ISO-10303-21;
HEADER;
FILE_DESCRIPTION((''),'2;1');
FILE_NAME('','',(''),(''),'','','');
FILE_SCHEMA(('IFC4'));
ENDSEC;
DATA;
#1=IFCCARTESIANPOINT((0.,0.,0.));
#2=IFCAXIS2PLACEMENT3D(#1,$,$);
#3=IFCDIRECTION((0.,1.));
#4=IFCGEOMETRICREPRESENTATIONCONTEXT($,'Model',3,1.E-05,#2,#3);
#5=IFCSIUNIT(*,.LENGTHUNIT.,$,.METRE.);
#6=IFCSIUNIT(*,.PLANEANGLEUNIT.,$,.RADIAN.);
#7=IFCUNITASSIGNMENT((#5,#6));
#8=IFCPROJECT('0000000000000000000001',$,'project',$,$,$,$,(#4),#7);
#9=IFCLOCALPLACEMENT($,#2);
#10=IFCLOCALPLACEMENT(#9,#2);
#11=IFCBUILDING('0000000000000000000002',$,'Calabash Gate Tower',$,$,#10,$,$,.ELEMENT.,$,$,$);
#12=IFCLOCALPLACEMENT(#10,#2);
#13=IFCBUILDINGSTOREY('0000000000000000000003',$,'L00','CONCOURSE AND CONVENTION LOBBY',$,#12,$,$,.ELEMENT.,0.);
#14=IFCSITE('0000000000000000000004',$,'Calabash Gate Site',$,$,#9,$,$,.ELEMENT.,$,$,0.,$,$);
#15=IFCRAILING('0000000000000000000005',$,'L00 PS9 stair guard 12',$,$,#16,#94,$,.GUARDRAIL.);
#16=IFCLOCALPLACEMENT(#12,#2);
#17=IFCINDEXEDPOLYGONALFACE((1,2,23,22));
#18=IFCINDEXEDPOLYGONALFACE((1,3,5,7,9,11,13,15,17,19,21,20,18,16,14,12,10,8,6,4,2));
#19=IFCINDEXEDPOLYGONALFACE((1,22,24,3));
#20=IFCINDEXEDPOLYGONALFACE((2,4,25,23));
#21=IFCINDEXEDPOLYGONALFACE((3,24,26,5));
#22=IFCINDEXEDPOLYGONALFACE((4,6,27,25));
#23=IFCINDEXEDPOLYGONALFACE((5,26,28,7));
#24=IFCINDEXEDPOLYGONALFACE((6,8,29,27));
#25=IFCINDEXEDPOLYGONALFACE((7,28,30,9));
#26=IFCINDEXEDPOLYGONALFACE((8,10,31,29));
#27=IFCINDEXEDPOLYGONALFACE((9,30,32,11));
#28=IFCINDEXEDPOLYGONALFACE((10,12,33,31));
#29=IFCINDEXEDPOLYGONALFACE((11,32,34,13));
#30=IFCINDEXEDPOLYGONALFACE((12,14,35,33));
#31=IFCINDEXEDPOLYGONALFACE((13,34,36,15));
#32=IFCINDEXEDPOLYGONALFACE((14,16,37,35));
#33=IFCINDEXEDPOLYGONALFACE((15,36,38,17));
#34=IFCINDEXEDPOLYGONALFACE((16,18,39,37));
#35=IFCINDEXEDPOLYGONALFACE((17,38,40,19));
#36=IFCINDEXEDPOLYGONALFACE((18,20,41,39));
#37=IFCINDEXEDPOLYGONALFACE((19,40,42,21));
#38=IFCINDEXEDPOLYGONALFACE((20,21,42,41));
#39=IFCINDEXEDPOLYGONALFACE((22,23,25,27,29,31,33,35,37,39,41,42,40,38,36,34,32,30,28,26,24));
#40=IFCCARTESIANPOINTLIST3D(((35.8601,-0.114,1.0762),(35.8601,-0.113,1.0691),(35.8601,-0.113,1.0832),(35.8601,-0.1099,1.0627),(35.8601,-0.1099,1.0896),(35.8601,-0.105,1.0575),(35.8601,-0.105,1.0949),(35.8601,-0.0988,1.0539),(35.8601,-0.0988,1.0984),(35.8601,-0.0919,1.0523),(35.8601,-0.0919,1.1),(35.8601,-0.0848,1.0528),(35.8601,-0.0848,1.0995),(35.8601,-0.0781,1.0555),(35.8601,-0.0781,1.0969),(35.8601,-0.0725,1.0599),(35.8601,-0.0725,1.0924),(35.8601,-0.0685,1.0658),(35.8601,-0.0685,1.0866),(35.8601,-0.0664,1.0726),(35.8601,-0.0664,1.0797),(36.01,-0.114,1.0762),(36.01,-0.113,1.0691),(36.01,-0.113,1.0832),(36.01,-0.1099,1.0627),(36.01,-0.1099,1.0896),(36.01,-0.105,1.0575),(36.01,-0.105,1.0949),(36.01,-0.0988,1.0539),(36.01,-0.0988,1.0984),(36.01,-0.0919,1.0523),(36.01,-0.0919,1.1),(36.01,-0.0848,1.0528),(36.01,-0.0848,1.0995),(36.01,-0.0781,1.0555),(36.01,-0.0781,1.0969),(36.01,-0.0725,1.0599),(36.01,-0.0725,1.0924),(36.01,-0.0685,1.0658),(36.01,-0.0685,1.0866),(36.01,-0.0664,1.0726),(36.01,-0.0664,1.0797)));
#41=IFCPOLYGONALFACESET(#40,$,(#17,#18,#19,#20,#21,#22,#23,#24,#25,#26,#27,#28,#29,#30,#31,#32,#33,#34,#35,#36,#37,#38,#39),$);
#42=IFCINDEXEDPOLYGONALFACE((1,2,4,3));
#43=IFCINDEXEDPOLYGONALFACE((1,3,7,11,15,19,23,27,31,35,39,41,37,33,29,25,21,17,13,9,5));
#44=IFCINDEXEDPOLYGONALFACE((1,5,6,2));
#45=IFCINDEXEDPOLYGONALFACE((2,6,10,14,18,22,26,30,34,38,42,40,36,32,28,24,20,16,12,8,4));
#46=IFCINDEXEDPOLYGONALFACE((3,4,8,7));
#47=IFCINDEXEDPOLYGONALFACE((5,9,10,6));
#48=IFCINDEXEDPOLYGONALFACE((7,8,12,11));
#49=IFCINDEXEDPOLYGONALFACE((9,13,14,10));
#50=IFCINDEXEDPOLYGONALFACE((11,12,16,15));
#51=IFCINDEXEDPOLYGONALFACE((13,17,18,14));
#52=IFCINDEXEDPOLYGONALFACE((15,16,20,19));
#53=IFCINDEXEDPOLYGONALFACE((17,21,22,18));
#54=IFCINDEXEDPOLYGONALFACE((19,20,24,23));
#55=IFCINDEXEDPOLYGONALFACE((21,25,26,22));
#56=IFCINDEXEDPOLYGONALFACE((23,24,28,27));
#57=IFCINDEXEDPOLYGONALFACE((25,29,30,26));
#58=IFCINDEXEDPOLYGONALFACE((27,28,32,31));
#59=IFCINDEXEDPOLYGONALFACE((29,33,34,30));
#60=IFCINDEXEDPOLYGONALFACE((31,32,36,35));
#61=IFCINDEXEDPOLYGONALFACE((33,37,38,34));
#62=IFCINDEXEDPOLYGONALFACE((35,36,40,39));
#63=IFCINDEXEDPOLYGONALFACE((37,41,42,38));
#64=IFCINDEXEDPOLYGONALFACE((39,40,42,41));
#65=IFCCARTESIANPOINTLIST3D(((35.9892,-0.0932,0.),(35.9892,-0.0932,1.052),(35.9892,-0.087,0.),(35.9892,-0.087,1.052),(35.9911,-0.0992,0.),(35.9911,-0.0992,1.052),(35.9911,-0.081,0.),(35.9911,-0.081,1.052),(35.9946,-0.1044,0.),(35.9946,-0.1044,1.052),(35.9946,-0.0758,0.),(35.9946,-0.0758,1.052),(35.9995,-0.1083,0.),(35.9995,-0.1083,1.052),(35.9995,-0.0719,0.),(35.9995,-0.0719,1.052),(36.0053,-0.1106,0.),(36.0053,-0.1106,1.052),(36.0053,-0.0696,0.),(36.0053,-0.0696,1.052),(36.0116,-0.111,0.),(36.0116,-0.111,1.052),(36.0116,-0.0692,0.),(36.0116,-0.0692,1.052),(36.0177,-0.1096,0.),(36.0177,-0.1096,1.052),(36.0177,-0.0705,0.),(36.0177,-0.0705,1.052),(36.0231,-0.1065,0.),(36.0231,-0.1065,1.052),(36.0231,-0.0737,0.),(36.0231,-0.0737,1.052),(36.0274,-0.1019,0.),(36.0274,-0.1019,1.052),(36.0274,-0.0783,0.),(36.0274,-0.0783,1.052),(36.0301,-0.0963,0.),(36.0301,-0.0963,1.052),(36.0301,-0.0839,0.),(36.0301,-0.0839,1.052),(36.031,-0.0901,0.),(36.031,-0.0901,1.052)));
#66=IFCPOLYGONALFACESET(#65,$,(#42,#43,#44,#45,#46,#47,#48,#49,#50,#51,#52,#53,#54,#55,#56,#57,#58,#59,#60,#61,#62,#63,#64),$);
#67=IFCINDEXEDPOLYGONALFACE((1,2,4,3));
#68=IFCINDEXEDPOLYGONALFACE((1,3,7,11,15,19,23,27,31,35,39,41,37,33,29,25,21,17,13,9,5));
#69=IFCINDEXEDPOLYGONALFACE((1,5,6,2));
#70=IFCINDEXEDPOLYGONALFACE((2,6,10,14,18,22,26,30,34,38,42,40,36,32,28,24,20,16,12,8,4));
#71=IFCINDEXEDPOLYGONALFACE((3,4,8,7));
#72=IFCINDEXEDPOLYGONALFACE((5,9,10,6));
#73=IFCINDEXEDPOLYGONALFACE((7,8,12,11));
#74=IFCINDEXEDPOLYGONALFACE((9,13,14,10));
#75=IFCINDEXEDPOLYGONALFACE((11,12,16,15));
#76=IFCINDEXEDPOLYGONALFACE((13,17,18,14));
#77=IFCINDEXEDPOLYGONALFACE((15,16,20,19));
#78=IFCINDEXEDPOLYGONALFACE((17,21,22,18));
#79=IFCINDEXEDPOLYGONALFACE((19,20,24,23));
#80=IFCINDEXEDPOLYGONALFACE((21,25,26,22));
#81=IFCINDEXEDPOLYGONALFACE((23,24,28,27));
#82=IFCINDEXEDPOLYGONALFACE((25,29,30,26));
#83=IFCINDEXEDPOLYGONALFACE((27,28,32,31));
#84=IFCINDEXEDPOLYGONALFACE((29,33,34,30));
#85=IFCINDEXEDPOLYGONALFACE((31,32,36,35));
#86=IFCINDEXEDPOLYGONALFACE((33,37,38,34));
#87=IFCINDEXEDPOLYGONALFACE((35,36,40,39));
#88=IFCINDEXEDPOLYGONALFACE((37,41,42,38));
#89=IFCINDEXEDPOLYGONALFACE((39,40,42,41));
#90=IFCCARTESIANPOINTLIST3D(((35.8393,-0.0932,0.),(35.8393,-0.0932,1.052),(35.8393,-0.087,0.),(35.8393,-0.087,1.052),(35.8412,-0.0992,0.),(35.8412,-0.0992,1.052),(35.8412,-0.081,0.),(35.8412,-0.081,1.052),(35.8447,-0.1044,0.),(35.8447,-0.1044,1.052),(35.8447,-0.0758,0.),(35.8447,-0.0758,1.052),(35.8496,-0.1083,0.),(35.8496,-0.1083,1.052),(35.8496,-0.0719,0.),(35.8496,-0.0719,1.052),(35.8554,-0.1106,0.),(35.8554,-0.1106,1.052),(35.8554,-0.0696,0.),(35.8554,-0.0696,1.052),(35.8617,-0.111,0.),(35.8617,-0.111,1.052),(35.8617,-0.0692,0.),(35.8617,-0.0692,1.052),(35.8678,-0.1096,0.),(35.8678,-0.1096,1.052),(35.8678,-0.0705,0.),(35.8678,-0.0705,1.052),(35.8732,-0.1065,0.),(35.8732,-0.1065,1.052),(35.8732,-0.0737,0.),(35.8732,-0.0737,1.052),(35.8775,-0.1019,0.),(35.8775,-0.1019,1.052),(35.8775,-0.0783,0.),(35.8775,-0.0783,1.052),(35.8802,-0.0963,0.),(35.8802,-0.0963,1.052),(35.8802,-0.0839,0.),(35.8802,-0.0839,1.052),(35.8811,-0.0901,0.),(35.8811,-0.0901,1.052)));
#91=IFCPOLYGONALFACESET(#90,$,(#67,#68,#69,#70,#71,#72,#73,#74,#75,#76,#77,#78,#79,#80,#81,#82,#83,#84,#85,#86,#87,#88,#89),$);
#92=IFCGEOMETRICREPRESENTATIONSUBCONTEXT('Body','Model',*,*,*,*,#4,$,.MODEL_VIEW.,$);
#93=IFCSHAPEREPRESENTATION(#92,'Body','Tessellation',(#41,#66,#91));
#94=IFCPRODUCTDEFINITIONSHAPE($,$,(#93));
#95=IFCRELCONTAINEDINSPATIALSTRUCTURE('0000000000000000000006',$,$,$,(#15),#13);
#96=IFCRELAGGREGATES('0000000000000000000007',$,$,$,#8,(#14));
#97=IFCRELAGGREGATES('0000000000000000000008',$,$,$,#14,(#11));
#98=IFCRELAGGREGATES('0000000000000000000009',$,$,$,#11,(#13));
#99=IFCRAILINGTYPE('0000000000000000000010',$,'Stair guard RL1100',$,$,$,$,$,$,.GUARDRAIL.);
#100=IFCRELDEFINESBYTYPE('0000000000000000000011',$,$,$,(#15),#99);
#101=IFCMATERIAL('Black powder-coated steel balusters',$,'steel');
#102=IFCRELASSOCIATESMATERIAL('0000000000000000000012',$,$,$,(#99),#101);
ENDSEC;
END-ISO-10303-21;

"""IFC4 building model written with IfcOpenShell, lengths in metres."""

from ifc_helpers import new_model, si_unit, direction, frame, origin, origin_2d, place, context, subcontext, project, spatial, circle, extrude, material, type_object, element, save


model = new_model("IFC4")

# Units and contexts
model_context = context("Model", 3, precision=1e-05, world=origin(), true_north=direction((0.0, 1.0)))
body_context = subcontext(model_context, "Body", "Model", "MODEL_VIEW")
ifc_project = project(units=[si_unit("LENGTHUNIT", "METRE"), si_unit("PLANEANGLEUNIT", "RADIAN")], contexts=[model_context])

# Site, building, storey
site_placement = place(None, origin())
site = spatial("IfcSite", under=ifc_project, at=site_placement, Name="Calabash Gate Site", CompositionType="ELEMENT", RefElevation=0.0)
building_placement = place(site_placement, origin())
building = spatial("IfcBuilding", under=site, at=building_placement, Name="Calabash Gate Tower", CompositionType="ELEMENT")
storey_placement = place(building_placement, origin())
storey = spatial("IfcBuildingStorey", under=building, at=storey_placement, Name="L00", Description="CONCOURSE AND CONVENTION LOBBY", CompositionType="ELEMENT", Elevation=0.0)

# Railing
ifc_material_1 = material(Name="Black powder-coated steel balusters", Category="steel")
railing_type_1 = type_object("IfcRailingType", Name="Stair guard RL1100", PredefinedType="GUARDRAIL", material=ifc_material_1)
railing_1_placement = place(storey_placement, frame((36.01, -0.0901, 0.0)))
element("IfcRailing", 1, at=railing_1_placement, inside=storey, type_object=railing_type_1, Name="L00 PS9 stair guard 12", PredefinedType="GUARDRAIL", context=body_context, shape_type="SweptSolid", body=[
    extrude(circle(Radius=0.0239, at=origin_2d()), frame((0.0, 0.0, 1.0762), z_axis=(-1.0, 0.0, 0.0), x_axis=(0.0, -1.0, 0.0)), (0.0, 0.0, 1.0), 0.1499),
    extrude(circle(Radius=0.021, at=origin_2d()), origin(), (0.0, 0.0, 1.0), 1.052),
    extrude(circle(Radius=0.021, at=origin_2d()), frame((-0.1499, 0.0, 0.0)), (0.0, 0.0, 1.0), 1.052),
])

save(model, "model.ifc")
